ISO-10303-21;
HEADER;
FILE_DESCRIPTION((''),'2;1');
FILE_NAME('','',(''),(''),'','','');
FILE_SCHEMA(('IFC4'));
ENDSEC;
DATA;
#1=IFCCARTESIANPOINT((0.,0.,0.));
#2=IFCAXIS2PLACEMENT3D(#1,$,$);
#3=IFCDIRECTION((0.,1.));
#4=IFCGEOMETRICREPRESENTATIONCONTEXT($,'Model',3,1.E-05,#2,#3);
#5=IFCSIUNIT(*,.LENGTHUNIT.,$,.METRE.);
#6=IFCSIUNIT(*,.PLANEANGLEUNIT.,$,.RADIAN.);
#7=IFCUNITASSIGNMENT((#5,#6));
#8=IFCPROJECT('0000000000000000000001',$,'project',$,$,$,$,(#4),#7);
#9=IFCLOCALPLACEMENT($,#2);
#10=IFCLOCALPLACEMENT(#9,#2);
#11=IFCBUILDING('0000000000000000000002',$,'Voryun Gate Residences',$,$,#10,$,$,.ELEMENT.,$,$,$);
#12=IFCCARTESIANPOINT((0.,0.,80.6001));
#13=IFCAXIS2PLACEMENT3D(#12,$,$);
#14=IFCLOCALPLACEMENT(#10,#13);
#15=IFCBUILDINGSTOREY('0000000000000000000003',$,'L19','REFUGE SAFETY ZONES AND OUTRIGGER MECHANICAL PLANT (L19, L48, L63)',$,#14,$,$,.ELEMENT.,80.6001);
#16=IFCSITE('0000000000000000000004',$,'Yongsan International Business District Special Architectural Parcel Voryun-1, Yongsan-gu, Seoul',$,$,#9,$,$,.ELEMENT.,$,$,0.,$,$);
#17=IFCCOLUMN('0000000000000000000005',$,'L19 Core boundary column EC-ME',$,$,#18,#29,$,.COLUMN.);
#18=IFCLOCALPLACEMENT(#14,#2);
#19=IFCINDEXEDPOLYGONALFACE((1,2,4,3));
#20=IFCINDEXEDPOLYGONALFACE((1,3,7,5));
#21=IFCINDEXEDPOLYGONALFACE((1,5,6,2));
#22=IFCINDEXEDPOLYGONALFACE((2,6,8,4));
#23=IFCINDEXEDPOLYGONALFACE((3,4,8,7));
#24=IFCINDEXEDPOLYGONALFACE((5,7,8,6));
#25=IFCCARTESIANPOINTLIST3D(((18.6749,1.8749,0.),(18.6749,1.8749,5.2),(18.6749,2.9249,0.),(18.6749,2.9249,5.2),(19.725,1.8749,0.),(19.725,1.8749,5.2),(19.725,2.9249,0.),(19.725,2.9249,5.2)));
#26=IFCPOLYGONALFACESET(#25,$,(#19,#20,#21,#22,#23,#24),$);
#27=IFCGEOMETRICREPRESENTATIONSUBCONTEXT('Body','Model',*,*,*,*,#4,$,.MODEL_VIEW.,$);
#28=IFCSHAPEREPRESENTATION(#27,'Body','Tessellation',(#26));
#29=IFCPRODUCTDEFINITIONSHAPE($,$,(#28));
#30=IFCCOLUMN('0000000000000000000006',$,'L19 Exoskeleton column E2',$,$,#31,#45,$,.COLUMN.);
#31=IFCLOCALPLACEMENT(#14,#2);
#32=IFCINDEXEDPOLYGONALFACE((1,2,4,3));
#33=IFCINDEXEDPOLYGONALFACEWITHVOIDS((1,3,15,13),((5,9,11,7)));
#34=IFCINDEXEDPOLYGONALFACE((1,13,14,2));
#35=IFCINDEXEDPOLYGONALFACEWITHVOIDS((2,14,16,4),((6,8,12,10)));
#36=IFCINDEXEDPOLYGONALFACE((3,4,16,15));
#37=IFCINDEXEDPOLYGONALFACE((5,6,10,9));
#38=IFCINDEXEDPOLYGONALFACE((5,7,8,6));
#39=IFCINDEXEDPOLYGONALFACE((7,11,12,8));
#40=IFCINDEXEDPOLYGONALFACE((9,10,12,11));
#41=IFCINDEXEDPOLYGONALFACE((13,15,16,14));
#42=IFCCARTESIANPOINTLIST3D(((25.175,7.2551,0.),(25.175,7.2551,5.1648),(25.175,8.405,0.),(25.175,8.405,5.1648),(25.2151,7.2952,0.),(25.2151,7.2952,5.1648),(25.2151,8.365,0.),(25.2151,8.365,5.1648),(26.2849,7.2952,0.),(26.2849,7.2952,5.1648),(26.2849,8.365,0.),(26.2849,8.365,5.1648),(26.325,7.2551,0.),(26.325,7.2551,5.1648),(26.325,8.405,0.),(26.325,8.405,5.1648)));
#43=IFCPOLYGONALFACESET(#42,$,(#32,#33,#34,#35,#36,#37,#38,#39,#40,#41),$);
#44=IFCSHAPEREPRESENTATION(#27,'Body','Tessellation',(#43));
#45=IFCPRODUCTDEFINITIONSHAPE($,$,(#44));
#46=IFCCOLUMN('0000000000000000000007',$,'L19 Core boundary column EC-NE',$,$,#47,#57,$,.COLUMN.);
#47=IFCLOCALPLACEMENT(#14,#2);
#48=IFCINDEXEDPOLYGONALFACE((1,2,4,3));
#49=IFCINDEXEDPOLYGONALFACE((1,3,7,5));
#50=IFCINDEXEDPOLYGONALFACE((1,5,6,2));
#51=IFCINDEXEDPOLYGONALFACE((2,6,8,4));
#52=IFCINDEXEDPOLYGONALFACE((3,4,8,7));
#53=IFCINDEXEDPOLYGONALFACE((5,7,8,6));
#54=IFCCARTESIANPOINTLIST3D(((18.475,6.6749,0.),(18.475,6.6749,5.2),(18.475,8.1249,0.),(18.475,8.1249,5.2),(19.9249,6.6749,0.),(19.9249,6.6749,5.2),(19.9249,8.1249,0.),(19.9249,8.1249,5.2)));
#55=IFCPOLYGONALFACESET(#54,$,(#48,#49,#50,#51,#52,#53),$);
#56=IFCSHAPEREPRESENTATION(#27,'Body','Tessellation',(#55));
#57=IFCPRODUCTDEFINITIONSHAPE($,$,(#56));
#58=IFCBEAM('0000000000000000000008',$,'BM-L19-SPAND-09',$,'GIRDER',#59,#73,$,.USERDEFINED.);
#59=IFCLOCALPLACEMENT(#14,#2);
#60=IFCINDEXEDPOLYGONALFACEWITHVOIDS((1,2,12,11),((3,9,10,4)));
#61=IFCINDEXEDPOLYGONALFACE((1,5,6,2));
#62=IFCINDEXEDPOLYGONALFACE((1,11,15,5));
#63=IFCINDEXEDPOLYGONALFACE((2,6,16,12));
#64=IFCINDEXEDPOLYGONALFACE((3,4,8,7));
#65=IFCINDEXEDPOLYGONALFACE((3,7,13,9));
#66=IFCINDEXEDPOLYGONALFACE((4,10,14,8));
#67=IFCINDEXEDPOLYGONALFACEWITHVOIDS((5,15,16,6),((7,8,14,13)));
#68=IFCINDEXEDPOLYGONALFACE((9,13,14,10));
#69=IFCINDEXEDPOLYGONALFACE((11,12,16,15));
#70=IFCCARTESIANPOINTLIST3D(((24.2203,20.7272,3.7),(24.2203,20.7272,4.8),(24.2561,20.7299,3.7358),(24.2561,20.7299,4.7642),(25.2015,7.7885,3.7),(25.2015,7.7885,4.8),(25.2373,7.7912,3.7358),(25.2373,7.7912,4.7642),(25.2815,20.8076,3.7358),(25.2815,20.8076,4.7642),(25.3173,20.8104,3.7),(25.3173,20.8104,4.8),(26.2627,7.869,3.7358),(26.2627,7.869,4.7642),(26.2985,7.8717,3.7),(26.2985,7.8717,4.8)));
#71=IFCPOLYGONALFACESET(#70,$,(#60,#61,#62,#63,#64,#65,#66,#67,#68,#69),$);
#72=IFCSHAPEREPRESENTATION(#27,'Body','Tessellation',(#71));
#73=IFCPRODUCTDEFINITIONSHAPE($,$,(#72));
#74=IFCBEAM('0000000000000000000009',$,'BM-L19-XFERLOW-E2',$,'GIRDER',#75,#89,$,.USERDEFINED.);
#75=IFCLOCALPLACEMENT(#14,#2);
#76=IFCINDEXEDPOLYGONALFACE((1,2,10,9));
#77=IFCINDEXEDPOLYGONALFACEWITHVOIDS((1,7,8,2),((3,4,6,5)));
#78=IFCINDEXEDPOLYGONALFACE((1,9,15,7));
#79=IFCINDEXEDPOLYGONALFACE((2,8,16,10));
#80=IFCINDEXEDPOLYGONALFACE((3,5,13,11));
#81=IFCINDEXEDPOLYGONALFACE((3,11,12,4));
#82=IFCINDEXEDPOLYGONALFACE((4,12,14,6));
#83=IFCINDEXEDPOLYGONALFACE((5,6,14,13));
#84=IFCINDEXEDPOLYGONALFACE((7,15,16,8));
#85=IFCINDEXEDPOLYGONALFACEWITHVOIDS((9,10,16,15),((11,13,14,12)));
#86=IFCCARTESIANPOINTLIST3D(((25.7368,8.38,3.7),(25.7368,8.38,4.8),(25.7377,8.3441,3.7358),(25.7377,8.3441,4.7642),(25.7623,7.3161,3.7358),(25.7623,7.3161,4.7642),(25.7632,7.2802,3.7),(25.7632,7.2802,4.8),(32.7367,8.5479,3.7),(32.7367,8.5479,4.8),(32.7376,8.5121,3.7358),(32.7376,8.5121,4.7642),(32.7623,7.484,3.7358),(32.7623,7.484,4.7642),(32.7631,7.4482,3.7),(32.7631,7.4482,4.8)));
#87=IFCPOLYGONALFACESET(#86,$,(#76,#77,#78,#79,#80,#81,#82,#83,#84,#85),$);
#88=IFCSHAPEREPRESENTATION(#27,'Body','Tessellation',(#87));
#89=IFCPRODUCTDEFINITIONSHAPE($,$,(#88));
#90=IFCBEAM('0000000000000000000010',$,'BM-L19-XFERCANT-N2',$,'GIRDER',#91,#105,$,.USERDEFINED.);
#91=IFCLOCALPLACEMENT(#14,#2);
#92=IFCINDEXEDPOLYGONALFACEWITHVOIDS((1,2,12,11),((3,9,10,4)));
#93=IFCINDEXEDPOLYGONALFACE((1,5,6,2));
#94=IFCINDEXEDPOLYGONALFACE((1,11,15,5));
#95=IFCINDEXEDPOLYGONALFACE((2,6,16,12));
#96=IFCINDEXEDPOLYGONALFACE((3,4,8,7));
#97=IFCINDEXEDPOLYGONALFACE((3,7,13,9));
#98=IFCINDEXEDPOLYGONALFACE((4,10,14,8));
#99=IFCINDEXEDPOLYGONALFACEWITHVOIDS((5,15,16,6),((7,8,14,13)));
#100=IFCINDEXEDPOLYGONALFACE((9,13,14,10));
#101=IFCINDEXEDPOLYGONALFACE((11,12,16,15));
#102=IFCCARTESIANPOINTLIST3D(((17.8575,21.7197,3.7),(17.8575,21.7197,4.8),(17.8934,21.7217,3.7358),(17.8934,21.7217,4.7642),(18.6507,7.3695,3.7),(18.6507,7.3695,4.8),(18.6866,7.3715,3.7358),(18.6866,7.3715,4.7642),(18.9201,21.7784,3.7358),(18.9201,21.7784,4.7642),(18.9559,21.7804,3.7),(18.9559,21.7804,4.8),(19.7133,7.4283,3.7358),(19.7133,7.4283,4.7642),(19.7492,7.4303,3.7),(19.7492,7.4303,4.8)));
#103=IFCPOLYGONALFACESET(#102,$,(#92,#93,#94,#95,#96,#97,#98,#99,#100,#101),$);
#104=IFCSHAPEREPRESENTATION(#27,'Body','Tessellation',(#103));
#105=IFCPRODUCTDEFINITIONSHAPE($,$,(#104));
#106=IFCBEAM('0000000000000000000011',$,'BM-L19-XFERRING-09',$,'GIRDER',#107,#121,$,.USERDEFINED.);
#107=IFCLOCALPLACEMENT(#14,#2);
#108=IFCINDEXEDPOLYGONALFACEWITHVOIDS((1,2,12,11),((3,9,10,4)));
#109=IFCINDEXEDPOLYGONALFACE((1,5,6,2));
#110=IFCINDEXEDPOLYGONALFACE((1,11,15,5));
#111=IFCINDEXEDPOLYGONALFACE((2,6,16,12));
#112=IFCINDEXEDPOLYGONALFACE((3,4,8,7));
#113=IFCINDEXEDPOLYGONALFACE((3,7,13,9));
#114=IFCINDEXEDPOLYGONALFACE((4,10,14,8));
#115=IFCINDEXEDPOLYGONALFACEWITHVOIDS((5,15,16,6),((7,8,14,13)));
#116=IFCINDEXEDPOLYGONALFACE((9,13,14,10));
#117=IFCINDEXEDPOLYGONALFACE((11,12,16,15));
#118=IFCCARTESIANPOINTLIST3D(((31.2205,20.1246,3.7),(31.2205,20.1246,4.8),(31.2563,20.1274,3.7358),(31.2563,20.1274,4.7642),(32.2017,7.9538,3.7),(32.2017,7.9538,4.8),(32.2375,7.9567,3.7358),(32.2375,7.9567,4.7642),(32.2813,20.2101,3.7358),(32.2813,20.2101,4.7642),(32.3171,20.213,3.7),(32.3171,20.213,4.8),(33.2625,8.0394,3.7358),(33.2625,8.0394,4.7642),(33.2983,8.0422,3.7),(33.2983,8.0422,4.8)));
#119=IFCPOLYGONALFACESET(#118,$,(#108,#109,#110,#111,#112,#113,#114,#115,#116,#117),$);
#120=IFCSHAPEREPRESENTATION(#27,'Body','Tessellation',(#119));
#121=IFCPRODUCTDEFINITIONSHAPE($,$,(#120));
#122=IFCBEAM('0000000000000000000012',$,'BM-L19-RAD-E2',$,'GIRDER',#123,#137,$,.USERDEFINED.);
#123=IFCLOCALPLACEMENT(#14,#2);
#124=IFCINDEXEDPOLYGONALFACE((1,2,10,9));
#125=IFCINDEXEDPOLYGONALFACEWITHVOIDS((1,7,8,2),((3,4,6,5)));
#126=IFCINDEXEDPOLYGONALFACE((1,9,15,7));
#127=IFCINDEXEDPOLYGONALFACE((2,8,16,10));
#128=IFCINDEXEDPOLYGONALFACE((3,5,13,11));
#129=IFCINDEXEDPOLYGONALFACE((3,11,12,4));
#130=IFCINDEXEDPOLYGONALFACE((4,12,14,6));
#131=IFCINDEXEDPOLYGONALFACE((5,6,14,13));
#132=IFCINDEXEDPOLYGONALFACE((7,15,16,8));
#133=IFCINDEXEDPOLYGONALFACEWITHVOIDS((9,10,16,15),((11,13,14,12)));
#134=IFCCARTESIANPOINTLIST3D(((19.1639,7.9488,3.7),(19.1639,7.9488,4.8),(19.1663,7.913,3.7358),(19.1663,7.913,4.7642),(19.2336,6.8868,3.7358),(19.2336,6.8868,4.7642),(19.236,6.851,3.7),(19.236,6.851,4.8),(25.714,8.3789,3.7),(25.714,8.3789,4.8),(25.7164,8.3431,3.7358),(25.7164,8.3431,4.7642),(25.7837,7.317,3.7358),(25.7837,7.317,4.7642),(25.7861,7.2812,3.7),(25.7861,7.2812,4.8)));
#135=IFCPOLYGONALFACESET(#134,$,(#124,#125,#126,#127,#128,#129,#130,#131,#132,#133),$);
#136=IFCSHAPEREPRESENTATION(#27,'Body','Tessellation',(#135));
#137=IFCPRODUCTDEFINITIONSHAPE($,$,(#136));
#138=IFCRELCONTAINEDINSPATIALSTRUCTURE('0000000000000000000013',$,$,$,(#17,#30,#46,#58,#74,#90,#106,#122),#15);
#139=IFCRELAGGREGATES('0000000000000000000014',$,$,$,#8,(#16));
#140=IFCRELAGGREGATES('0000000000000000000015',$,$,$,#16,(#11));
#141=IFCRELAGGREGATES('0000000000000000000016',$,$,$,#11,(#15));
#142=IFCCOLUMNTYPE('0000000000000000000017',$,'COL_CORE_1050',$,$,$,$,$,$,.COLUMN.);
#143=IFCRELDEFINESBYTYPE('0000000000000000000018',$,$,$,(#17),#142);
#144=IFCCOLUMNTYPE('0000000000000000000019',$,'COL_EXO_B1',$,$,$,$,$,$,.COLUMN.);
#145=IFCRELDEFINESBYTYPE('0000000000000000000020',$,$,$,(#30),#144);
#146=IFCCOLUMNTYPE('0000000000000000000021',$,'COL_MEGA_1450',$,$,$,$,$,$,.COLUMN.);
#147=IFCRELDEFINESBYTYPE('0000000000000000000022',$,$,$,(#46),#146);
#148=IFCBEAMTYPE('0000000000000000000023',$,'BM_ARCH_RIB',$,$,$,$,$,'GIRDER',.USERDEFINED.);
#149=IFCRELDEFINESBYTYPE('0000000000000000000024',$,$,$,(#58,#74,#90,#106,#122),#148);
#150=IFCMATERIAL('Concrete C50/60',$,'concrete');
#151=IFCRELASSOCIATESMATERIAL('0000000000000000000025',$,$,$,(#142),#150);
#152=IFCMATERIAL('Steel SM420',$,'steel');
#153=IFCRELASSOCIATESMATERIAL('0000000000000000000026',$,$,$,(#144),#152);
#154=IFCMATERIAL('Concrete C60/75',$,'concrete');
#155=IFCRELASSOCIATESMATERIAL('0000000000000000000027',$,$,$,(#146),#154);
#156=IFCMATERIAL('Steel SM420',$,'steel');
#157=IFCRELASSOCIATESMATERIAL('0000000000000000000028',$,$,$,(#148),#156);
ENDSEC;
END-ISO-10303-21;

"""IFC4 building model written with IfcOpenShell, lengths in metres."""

from ifc_helpers import new_model, si_unit, direction, frame, origin, origin_2d, place, context, subcontext, project, spatial, rectangle, hollow_rectangle, extrude, material, material_profile, profile_set, type_object, element, save


model = new_model("IFC4")

# Units and contexts
model_context = context("Model", 3, precision=1e-05, world=origin(), true_north=direction((0.0, 1.0)))
body_context = subcontext(model_context, "Body", "Model", "MODEL_VIEW")
ifc_project = project(units=[si_unit("LENGTHUNIT", "METRE"), si_unit("PLANEANGLEUNIT", "RADIAN")], contexts=[model_context])

# Site, building, storey
site_placement = place(None, origin())
site = spatial("IfcSite", under=ifc_project, at=site_placement, Name="Yongsan International Business District Special Architectural Parcel Voryun-1, Yongsan-gu, Seoul", CompositionType="ELEMENT", RefElevation=0.0)
building_placement = place(site_placement, origin())
building = spatial("IfcBuilding", under=site, at=building_placement, Name="Voryun Gate Residences", CompositionType="ELEMENT")
storey_placement = place(building_placement, frame((0.0, 0.0, 80.6001)))
storey = spatial("IfcBuildingStorey", under=building, at=storey_placement, Name="L19", Description="REFUGE SAFETY ZONES AND OUTRIGGER MECHANICAL PLANT (L19, L48, L63)", CompositionType="ELEMENT", Elevation=80.6001)

# Columns
ifc_material_1 = material(Name="Concrete C50/60", Category="concrete")
ifc_material_profile_1 = material_profile(ifc_material_1, rectangle(XDim=1.05, YDim=1.05, at=origin_2d()), Name="RC-1050x1050")
ifc_profile_set_1 = profile_set([ifc_material_profile_1], Name="Concrete C50/60")
column_type_1 = type_object("IfcColumnType", Name="COL_CORE_1050", PredefinedType="COLUMN", material=ifc_profile_set_1)
column_1_placement = place(storey_placement, frame((19.2, 2.3999, 0.0), z_axis=(0.0, 0.0, 1.0), x_axis=(1.0, 0.0, 0.0)))
element("IfcColumn", 1, at=column_1_placement, inside=storey, type_object=column_type_1, Name="L19 Core boundary column EC-ME", PredefinedType="COLUMN", context=body_context, shape_type="SweptSolid", body=[
    extrude(rectangle(XDim=1.05, YDim=1.05, at=origin_2d()), origin(), (0.0, 0.0, 1.0), 5.2),
])
ifc_material_2 = material(Name="Steel SM420", Category="steel")
ifc_material_profile_2 = material_profile(ifc_material_2, hollow_rectangle(XDim=1.1499, YDim=1.1499, WallThickness=0.04, at=origin_2d()), Name="BOX-1150x1150x40")
ifc_profile_set_2 = profile_set([ifc_material_profile_2], Name="Steel SM420")
column_type_2 = type_object("IfcColumnType", Name="COL_EXO_B1", PredefinedType="COLUMN", material=ifc_profile_set_2)
column_2_placement = place(storey_placement, frame((25.75, 7.8301, 0.0), z_axis=(0.0, 0.0, 1.0), x_axis=(1.0, 0.0, 0.0)))
element("IfcColumn", 2, at=column_2_placement, inside=storey, type_object=column_type_2, Name="L19 Exoskeleton column E2", PredefinedType="COLUMN", context=body_context, shape_type="SweptSolid", body=[
    extrude(hollow_rectangle(XDim=1.1499, YDim=1.1499, WallThickness=0.04, at=origin_2d()), origin(), (0.0, 0.0, 1.0), 5.1648),
])
ifc_material_3 = material(Name="Concrete C60/75", Category="concrete")
ifc_material_profile_3 = material_profile(ifc_material_3, rectangle(XDim=1.45, YDim=1.45, at=origin_2d()), Name="RC-1450x1450")
ifc_profile_set_3 = profile_set([ifc_material_profile_3], Name="Concrete C60/75")
column_type_3 = type_object("IfcColumnType", Name="COL_MEGA_1450", PredefinedType="COLUMN", material=ifc_profile_set_3)
column_3_placement = place(storey_placement, frame((19.2, 7.3999, 0.0), z_axis=(0.0, 0.0, 1.0), x_axis=(1.0, 0.0, 0.0)))
element("IfcColumn", 3, at=column_3_placement, inside=storey, type_object=column_type_3, Name="L19 Core boundary column EC-NE", PredefinedType="COLUMN", context=body_context, shape_type="SweptSolid", body=[
    extrude(rectangle(XDim=1.45, YDim=1.45, at=origin_2d()), origin(), (0.0, 0.0, 1.0), 5.2),
])

# Beams
ifc_material_4 = material(Name="Steel SM420", Category="steel")
ifc_material_profile_4 = material_profile(ifc_material_4, hollow_rectangle(XDim=1.1001, YDim=1.1001, WallThickness=0.0359, at=origin_2d()), Name="BOX-1100x1100x36")
ifc_profile_set_4 = profile_set([ifc_material_profile_4], Name="Steel SM420")
beam_type = type_object("IfcBeamType", Name="BM_ARCH_RIB", ElementType="GIRDER", PredefinedType="USERDEFINED", material=ifc_profile_set_4)
beam_1_placement = place(storey_placement, frame((25.75, 7.8301, 4.25), z_axis=(-0.075617, 0.997137, 0.0), x_axis=(-0.997137, -0.075617, 0.0)))
element("IfcBeam", 4, at=beam_1_placement, inside=storey, type_object=beam_type, Name="BM-L19-SPAND-09", ObjectType="GIRDER", PredefinedType="USERDEFINED", context=body_context, shape_type="SweptSolid", body=[
    extrude(hollow_rectangle(XDim=1.1001, YDim=1.1001, WallThickness=0.0359, at=origin_2d()), origin(), (0.0, 0.0, 1.0), 12.9758),
])
beam_2_placement = place(storey_placement, frame((25.75, 7.8301, 4.25), z_axis=(0.999712, 0.023989, 0.0), x_axis=(-0.023989, 0.999712, 0.0)))
element("IfcBeam", 5, at=beam_2_placement, inside=storey, type_object=beam_type, Name="BM-L19-XFERLOW-E2", ObjectType="GIRDER", PredefinedType="USERDEFINED", context=body_context, shape_type="SweptSolid", body=[
    extrude(hollow_rectangle(XDim=1.1001, YDim=1.1001, WallThickness=0.0359, at=origin_2d()), origin(), (0.0, 0.0, 1.0), 7.002),
])
beam_3_placement = place(storey_placement, frame((19.2, 7.3999, 4.25), z_axis=(-0.055192, 0.998476, 0.0), x_axis=(-0.998476, -0.055192, 0.0)))
element("IfcBeam", 6, at=beam_3_placement, inside=storey, type_object=beam_type, Name="BM-L19-XFERCANT-N2", ObjectType="GIRDER", PredefinedType="USERDEFINED", context=body_context, shape_type="SweptSolid", body=[
    extrude(hollow_rectangle(XDim=1.1001, YDim=1.1001, WallThickness=0.0359, at=origin_2d()), origin(), (0.0, 0.0, 1.0), 14.3721),
])
beam_4_placement = place(storey_placement, frame((32.75, 7.998, 4.25), z_axis=(-0.08036, 0.996766, 0.0), x_axis=(-0.996766, -0.08036, 0.0)))
element("IfcBeam", 7, at=beam_4_placement, inside=storey, type_object=beam_type, Name="BM-L19-XFERRING-09", ObjectType="GIRDER", PredefinedType="USERDEFINED", context=body_context, shape_type="SweptSolid", body=[
    extrude(hollow_rectangle(XDim=1.1001, YDim=1.1001, WallThickness=0.0359, at=origin_2d()), origin(), (0.0, 0.0, 1.0), 12.2102),
])
beam_5_placement = place(storey_placement, frame((19.2, 7.3999, 4.25), z_axis=(0.99785, 0.065534, 0.0), x_axis=(-0.065534, 0.99785, 0.0)))
element("IfcBeam", 8, at=beam_5_placement, inside=storey, type_object=beam_type, Name="BM-L19-RAD-E2", ObjectType="GIRDER", PredefinedType="USERDEFINED", context=body_context, shape_type="SweptSolid", body=[
    extrude(hollow_rectangle(XDim=1.1001, YDim=1.1001, WallThickness=0.0359, at=origin_2d()), origin(), (0.0, 0.0, 1.0), 6.5642),
])

save(model, "model.ifc")
